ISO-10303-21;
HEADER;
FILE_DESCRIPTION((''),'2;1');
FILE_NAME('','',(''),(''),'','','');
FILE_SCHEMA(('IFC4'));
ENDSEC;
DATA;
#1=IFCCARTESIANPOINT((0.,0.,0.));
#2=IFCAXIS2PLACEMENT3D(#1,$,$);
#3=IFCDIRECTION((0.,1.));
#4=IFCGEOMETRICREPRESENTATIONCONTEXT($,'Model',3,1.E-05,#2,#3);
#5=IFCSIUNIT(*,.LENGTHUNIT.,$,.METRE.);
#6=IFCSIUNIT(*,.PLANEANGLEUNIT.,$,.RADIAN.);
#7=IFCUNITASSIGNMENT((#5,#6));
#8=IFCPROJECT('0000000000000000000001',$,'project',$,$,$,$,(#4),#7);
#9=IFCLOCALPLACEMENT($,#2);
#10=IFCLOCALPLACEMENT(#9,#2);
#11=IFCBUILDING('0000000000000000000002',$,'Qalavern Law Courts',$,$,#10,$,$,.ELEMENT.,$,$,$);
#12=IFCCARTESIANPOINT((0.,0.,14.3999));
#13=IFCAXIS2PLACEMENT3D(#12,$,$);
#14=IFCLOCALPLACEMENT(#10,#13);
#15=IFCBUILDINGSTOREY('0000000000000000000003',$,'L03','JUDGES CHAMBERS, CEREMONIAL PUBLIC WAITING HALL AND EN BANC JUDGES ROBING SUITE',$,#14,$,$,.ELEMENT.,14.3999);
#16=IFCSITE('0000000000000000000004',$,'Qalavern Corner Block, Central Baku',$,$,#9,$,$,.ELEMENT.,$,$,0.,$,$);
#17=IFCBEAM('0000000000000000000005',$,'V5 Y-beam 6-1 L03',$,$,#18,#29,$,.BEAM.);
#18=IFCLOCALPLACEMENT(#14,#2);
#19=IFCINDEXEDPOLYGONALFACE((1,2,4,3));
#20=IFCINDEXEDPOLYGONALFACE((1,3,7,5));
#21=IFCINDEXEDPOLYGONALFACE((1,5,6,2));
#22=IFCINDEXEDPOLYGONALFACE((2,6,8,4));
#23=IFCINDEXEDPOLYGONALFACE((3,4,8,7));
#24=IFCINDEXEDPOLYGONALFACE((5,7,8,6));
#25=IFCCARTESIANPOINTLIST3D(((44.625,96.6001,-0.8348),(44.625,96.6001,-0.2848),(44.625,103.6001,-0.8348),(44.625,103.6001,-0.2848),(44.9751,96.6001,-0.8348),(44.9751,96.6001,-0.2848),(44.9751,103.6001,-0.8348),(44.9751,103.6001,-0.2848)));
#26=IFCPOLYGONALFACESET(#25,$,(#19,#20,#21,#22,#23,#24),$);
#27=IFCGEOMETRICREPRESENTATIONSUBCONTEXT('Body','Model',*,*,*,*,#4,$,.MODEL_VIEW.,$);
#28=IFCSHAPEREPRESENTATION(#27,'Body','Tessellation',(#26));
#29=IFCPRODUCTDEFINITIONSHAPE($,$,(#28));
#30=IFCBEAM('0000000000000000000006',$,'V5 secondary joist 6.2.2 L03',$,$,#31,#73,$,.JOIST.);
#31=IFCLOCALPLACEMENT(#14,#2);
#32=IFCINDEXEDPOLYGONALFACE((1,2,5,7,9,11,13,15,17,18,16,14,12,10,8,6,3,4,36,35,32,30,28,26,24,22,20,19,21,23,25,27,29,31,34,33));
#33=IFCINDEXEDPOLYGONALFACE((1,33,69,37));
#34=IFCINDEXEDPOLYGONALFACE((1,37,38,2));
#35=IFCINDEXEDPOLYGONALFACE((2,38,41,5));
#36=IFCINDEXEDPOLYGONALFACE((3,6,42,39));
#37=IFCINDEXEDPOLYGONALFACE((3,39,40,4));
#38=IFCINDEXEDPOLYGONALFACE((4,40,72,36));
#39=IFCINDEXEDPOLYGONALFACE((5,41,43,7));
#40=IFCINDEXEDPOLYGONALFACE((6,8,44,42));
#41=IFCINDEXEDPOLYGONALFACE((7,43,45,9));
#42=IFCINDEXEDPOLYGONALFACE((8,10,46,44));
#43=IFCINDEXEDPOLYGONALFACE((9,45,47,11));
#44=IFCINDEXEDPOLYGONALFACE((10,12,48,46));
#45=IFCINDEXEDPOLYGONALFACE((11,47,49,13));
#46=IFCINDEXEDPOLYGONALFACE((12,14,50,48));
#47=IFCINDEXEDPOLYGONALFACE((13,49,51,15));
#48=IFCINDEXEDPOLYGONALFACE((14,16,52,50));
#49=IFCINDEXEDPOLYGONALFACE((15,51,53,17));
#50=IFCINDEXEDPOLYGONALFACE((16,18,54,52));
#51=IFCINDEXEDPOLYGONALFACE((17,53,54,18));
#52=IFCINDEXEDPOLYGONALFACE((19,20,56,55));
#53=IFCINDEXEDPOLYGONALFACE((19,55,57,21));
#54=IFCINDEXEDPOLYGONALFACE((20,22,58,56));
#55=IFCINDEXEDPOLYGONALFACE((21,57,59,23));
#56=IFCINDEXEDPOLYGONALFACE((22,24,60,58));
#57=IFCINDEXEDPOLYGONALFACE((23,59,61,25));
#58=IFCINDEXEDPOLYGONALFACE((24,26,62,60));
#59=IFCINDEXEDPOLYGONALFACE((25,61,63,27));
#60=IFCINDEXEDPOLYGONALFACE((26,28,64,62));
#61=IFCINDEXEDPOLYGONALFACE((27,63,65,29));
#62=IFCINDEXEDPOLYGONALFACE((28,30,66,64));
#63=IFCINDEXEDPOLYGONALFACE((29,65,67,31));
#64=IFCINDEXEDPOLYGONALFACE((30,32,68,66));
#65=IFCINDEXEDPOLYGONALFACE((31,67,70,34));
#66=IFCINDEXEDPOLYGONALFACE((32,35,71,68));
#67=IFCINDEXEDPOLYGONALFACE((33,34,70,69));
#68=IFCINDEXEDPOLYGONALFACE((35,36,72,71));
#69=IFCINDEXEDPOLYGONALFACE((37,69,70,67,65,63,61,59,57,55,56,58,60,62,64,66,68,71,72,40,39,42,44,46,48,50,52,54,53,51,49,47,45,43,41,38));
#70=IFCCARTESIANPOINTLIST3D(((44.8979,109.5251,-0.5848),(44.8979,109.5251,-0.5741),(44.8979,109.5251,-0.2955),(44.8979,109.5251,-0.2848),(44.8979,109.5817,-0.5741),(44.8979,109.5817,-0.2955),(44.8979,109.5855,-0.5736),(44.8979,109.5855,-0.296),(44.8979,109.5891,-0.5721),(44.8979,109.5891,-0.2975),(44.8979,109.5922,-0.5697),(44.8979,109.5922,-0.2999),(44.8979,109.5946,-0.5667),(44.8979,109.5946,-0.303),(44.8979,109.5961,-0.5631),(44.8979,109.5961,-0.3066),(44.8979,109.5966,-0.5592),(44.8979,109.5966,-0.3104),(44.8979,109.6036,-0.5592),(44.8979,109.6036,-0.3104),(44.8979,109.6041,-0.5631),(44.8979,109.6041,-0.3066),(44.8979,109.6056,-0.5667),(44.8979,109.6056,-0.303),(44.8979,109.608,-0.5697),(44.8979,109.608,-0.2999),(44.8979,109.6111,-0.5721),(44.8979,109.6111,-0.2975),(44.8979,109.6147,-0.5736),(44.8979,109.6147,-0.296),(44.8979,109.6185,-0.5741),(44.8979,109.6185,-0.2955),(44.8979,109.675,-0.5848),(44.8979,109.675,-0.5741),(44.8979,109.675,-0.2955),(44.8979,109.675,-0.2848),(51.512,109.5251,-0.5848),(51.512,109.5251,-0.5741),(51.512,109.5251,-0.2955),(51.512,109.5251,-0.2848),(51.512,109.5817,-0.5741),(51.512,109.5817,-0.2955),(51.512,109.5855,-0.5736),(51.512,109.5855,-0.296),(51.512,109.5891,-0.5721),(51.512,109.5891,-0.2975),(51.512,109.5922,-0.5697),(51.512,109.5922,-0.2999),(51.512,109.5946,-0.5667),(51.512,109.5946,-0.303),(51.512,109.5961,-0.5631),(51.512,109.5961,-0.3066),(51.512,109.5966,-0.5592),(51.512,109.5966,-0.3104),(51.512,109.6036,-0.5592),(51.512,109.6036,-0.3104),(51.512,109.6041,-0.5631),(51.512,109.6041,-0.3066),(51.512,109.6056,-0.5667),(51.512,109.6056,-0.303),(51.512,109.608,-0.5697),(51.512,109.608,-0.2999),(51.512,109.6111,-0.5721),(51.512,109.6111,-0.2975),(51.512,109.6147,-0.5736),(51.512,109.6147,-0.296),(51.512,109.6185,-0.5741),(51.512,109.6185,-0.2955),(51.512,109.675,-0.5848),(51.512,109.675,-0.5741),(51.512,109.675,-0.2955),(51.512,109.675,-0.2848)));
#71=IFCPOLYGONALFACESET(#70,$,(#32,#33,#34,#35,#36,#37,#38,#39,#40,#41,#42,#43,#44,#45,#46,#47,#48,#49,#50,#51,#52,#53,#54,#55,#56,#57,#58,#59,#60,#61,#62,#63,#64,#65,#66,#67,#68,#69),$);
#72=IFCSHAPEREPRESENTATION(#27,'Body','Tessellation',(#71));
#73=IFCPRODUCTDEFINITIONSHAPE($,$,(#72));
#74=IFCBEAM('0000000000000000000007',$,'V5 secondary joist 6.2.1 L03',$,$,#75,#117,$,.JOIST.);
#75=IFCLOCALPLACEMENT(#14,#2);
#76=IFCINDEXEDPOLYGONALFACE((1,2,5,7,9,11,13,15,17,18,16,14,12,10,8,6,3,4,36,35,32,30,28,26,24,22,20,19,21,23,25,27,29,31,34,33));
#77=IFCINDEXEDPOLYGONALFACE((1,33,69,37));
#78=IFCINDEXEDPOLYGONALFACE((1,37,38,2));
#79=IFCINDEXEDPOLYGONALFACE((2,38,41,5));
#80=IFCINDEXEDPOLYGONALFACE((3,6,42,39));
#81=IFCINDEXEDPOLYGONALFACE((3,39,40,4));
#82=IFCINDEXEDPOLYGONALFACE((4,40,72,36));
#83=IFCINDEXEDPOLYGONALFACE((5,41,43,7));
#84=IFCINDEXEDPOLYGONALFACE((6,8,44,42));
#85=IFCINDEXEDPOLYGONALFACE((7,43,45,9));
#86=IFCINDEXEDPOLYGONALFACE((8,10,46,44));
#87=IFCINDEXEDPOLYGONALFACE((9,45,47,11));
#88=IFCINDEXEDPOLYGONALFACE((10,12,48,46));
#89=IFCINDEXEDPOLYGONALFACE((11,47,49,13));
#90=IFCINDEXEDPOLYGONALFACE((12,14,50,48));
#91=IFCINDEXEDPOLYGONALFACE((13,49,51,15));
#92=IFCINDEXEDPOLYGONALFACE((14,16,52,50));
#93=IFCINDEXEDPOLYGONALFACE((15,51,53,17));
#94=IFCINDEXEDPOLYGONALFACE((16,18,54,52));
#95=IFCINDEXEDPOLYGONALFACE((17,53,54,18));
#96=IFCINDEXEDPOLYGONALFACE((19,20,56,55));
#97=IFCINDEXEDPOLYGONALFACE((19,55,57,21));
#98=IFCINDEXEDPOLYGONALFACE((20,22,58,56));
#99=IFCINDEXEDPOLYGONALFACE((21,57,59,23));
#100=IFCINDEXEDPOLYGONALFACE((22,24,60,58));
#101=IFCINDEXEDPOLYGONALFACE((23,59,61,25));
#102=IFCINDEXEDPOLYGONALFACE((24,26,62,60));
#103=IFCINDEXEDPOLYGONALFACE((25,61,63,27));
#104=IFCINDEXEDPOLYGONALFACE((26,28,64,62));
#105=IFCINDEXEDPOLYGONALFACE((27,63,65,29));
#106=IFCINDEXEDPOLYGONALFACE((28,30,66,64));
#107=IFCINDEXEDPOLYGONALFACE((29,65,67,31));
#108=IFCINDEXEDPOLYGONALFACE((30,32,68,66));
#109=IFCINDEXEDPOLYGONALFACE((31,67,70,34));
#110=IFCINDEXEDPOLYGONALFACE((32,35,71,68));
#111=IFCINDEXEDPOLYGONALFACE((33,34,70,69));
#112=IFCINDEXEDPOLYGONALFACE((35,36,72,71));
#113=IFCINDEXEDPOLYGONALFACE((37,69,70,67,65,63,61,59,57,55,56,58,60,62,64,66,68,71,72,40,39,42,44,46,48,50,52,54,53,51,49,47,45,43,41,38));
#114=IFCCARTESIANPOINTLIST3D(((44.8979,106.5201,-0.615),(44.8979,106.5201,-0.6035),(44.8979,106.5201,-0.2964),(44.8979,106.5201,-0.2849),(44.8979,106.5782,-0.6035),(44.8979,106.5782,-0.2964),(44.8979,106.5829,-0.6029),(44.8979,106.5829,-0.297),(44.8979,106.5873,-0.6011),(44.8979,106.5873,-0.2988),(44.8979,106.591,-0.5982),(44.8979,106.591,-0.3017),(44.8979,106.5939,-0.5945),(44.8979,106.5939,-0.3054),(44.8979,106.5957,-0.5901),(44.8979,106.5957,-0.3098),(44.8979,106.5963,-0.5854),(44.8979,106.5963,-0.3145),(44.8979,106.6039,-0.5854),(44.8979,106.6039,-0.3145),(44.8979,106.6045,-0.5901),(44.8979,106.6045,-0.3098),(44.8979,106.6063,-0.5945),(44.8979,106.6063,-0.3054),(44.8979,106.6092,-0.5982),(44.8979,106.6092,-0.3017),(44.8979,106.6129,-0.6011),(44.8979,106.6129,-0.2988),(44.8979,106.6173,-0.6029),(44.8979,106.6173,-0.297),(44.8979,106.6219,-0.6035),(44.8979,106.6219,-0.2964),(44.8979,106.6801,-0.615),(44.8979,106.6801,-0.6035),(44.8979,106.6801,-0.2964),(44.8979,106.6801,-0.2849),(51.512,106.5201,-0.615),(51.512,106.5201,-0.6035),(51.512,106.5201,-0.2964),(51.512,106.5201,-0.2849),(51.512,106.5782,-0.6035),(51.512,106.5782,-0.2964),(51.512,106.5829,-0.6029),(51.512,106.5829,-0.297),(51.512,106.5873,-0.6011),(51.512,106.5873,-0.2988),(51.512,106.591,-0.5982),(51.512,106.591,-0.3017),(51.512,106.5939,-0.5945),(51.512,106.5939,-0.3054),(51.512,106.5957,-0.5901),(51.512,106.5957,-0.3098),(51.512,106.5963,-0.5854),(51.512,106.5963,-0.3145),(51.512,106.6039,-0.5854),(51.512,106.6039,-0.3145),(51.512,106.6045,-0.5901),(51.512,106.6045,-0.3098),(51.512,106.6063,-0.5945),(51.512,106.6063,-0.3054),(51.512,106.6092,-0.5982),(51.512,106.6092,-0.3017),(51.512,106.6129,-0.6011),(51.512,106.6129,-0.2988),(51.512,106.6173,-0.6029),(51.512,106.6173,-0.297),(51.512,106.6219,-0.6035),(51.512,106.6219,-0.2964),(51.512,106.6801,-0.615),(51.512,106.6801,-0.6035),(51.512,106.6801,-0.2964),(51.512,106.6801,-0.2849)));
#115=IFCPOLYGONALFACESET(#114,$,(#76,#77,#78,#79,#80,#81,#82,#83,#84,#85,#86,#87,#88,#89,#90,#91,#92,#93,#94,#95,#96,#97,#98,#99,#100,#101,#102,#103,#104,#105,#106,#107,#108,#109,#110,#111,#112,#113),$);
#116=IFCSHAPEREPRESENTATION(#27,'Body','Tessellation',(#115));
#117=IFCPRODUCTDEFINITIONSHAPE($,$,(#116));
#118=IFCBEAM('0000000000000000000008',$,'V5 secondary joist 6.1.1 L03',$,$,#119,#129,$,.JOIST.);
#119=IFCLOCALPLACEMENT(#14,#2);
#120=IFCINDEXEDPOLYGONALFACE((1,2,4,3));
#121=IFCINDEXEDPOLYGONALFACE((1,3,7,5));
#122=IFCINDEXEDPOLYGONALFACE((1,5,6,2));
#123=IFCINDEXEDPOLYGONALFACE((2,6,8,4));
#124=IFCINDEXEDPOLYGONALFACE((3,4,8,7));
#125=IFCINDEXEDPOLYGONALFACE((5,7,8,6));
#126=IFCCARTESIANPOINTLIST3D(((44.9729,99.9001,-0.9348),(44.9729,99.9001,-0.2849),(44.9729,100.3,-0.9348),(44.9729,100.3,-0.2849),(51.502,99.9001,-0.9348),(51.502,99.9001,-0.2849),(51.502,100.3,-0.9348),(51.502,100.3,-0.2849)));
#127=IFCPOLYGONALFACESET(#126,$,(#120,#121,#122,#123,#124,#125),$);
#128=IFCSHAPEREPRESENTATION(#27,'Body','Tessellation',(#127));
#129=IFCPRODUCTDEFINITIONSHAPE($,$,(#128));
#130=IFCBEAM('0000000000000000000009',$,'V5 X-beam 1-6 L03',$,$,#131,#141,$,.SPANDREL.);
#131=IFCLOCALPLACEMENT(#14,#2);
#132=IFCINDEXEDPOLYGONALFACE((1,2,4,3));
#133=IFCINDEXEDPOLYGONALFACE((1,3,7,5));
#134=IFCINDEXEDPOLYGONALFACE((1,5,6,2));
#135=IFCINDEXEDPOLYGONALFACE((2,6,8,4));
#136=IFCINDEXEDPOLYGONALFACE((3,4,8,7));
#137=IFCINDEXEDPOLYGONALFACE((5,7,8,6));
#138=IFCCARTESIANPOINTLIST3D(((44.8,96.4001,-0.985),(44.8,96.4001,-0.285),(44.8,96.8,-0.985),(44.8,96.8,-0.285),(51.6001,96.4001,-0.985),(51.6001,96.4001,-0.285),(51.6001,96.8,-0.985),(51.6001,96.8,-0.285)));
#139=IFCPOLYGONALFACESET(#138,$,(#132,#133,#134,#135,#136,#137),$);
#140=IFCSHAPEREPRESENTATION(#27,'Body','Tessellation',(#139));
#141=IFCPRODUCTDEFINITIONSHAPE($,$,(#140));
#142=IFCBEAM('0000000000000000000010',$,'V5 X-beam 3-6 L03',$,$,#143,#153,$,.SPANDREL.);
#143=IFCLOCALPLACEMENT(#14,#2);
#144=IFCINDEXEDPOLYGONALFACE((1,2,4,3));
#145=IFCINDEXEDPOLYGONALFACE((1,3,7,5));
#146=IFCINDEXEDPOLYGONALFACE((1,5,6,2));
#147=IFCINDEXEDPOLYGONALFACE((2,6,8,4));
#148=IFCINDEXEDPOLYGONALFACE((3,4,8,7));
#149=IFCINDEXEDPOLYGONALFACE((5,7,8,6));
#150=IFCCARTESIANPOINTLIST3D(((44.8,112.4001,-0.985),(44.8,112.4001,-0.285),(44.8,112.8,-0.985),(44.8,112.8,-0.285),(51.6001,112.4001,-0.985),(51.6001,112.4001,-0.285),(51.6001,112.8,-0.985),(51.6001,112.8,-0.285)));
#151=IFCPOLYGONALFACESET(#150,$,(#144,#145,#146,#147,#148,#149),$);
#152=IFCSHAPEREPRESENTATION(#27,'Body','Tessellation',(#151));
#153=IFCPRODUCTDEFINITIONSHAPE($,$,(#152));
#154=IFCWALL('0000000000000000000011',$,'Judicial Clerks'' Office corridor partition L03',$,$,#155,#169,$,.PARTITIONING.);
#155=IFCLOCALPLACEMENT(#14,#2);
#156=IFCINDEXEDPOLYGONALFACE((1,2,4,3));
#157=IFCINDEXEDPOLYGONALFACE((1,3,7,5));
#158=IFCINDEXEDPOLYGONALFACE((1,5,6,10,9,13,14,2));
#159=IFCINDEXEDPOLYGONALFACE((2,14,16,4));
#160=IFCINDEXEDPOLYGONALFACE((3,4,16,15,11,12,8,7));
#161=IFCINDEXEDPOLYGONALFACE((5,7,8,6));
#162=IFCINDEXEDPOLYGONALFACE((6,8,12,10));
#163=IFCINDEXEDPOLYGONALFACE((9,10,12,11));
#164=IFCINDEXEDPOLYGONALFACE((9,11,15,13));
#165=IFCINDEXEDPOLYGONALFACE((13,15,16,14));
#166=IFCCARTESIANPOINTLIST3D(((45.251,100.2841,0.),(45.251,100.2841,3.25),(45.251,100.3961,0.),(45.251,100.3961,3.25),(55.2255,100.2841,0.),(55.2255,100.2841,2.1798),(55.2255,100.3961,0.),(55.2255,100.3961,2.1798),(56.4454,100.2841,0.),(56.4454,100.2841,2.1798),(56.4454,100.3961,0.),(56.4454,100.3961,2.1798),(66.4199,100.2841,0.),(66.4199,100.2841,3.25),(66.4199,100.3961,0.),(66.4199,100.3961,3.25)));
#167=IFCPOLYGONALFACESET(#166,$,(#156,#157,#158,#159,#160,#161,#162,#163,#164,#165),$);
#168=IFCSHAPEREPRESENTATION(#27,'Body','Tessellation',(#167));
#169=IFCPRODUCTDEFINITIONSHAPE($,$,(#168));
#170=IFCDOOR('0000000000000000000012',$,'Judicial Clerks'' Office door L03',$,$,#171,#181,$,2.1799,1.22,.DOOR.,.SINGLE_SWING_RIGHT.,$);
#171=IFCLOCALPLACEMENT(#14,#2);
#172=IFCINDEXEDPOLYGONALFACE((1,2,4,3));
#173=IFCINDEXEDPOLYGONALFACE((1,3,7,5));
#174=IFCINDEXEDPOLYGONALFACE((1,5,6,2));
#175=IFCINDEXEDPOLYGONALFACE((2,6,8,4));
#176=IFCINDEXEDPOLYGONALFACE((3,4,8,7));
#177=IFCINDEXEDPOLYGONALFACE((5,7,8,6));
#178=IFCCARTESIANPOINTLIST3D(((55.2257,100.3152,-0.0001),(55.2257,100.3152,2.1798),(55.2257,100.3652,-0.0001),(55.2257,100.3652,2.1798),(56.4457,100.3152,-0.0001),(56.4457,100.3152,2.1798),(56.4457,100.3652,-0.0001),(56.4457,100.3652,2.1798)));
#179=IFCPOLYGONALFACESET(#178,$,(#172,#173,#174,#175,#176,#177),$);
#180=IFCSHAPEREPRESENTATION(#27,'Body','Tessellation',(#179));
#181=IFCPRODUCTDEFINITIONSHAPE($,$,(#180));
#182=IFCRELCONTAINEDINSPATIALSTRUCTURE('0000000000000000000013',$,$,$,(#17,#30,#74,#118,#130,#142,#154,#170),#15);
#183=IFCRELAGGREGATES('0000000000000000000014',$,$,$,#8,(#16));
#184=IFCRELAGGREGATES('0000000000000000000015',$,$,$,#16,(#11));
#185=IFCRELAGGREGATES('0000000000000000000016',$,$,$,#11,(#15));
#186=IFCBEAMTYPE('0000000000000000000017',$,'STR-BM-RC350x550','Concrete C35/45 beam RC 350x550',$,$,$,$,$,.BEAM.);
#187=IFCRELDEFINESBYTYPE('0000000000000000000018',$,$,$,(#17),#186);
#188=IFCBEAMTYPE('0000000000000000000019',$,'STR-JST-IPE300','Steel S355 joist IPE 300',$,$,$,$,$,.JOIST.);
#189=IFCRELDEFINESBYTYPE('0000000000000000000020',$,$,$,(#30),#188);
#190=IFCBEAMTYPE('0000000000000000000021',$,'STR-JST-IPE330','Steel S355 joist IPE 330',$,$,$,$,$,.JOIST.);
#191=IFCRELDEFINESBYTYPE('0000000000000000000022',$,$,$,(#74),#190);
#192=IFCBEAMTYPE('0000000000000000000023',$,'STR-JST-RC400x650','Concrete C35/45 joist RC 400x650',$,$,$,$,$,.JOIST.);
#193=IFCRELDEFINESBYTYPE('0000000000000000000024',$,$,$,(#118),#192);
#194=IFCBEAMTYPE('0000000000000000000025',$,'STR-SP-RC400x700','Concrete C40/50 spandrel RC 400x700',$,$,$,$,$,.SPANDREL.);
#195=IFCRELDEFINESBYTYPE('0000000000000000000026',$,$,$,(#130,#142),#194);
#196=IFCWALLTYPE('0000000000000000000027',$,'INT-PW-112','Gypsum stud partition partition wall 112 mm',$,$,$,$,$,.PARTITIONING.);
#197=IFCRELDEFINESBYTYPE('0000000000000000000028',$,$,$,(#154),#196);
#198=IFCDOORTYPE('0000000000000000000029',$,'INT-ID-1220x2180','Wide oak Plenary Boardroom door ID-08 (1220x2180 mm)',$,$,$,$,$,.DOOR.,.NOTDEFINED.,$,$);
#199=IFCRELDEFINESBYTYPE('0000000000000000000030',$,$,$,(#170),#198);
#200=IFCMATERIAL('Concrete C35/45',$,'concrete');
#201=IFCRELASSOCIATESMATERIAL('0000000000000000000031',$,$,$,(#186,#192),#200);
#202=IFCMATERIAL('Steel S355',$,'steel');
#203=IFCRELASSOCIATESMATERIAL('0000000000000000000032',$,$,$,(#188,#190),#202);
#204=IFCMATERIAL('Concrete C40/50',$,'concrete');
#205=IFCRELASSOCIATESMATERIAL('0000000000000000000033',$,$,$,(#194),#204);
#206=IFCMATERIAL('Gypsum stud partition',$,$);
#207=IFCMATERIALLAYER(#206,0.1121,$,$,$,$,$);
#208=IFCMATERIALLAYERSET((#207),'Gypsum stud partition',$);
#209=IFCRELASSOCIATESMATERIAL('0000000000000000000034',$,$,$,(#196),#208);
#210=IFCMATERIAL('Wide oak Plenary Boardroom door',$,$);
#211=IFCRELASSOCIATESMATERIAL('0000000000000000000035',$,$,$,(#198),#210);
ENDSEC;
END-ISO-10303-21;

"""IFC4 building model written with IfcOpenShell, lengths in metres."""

from ifc_helpers import new_model, si_unit, direction, frame, frame_2d, origin, origin_2d, place, context, subcontext, project, spatial, rectangle, i_section, extrude, material, layer, layer_set, material_profile, profile_set, type_object, element, fill, save


model = new_model("IFC4")

# Units and contexts
model_context = context("Model", 3, precision=1e-05, world=origin(), true_north=direction((0.0, 1.0)))
body_context = subcontext(model_context, "Body", "Model", "MODEL_VIEW")
ifc_project = project(units=[si_unit("LENGTHUNIT", "METRE"), si_unit("PLANEANGLEUNIT", "RADIAN")], contexts=[model_context])

# Site, building, storey
site_placement = place(None, origin())
site = spatial("IfcSite", under=ifc_project, at=site_placement, Name="Qalavern Corner Block, Central Baku", CompositionType="ELEMENT", RefElevation=0.0)
building_placement = place(site_placement, origin())
building = spatial("IfcBuilding", under=site, at=building_placement, Name="Qalavern Law Courts", CompositionType="ELEMENT")
storey_placement = place(building_placement, frame((0.0, 0.0, 14.3999)))
storey = spatial("IfcBuildingStorey", under=building, at=storey_placement, Name="L03", Description="JUDGES CHAMBERS, CEREMONIAL PUBLIC WAITING HALL AND EN BANC JUDGES ROBING SUITE", CompositionType="ELEMENT", Elevation=14.3999)

# Beams
ifc_material_1 = material(Name="Steel S355", Category="steel")
ifc_material_2 = material(Name="Concrete C35/45", Category="concrete")
ifc_material_profile_1 = material_profile(ifc_material_2, rectangle(XDim=0.3501, YDim=0.55, at=origin_2d()), Name="RC 350x550")
ifc_profile_set_1 = profile_set([ifc_material_profile_1], Name="Concrete C35/45")
beam_type_1 = type_object("IfcBeamType", Name="STR-BM-RC350x550", Description="Concrete C35/45 beam RC 350x550", PredefinedType="BEAM", material=ifc_profile_set_1)
beam_1_placement = place(storey_placement, frame((44.8, 96.6001, -0.5598), z_axis=(0.0, 1.0, 0.0), x_axis=(-1.0, 0.0, 0.0)))
element("IfcBeam", 1, at=beam_1_placement, inside=storey, type_object=beam_type_1, Name="V5 Y-beam 6-1 L03", PredefinedType="BEAM", context=body_context, shape_type="SweptSolid", body=[
    extrude(rectangle(XDim=0.3501, YDim=0.55, at=origin_2d()), origin(), (0.0, 0.0, 1.0), 7.0),
])
ifc_material_profile_2 = material_profile(ifc_material_1, i_section(OverallWidth=0.1499, OverallDepth=0.3, WebThickness=0.0071, FlangeThickness=0.0107, FilletRadius=0.0149, at=origin_2d()), Name="IPE 300")
ifc_profile_set_2 = profile_set([ifc_material_profile_2], Name="Steel S355")
beam_type_2 = type_object("IfcBeamType", Name="STR-JST-IPE300", Description="Steel S355 joist IPE 300", PredefinedType="JOIST", material=ifc_profile_set_2)
beam_2_placement = place(storey_placement, frame((44.8979, 109.6001, -0.4348), z_axis=(1.0, 0.0, 0.0), x_axis=(0.0, 1.0, 0.0)))
element("IfcBeam", 2, at=beam_2_placement, inside=storey, type_object=beam_type_2, Name="V5 secondary joist 6.2.2 L03", PredefinedType="JOIST", context=body_context, shape_type="SweptSolid", body=[
    extrude(i_section(OverallWidth=0.1499, OverallDepth=0.3, WebThickness=0.0071, FlangeThickness=0.0107, FilletRadius=0.0149, at=origin_2d()), origin(), (0.0, 0.0, 1.0), 6.614),
])
ifc_material_profile_3 = material_profile(ifc_material_1, i_section(OverallWidth=0.1599, OverallDepth=0.3301, WebThickness=0.0076, FlangeThickness=0.0115, FilletRadius=0.0181, at=origin_2d()), Name="IPE 330")
ifc_profile_set_3 = profile_set([ifc_material_profile_3], Name="Steel S355")
beam_type_3 = type_object("IfcBeamType", Name="STR-JST-IPE330", Description="Steel S355 joist IPE 330", PredefinedType="JOIST", material=ifc_profile_set_3)
beam_3_placement = place(storey_placement, frame((44.8979, 106.6001, -0.45), z_axis=(1.0, 0.0, 0.0), x_axis=(0.0, 1.0, 0.0)))
element("IfcBeam", 3, at=beam_3_placement, inside=storey, type_object=beam_type_3, Name="V5 secondary joist 6.2.1 L03", PredefinedType="JOIST", context=body_context, shape_type="SweptSolid", body=[
    extrude(i_section(OverallWidth=0.1599, OverallDepth=0.3301, WebThickness=0.0076, FlangeThickness=0.0115, FilletRadius=0.0181, at=origin_2d()), origin(), (0.0, 0.0, 1.0), 6.614),
])
ifc_material_profile_4 = material_profile(ifc_material_2, rectangle(XDim=0.3999, YDim=0.6499, at=origin_2d()), Name="RC 400x650")
ifc_profile_set_4 = profile_set([ifc_material_profile_4], Name="Concrete C35/45")
beam_type_4 = type_object("IfcBeamType", Name="STR-JST-RC400x650", Description="Concrete C35/45 joist RC 400x650", PredefinedType="JOIST", material=ifc_profile_set_4)
beam_4_placement = place(storey_placement, frame((44.9729, 100.1001, -0.6099), z_axis=(1.0, 0.0, 0.0), x_axis=(0.0, 1.0, 0.0)))
element("IfcBeam", 4, at=beam_4_placement, inside=storey, type_object=beam_type_4, Name="V5 secondary joist 6.1.1 L03", PredefinedType="JOIST", context=body_context, shape_type="SweptSolid", body=[
    extrude(rectangle(XDim=0.3999, YDim=0.6499, at=origin_2d()), origin(), (0.0, 0.0, 1.0), 6.5291),
])
ifc_material_3 = material(Name="Concrete C40/50", Category="concrete")
ifc_material_profile_5 = material_profile(ifc_material_3, rectangle(XDim=0.3999, YDim=0.7, at=origin_2d()), Name="RC 400x700")
ifc_profile_set_5 = profile_set([ifc_material_profile_5], Name="Concrete C40/50")
beam_type_5 = type_object("IfcBeamType", Name="STR-SP-RC400x700", Description="Concrete C40/50 spandrel RC 400x700", PredefinedType="SPANDREL", material=ifc_profile_set_5)
for number, where, z_axis, x_axis, name in (
    (5, (44.8, 96.6001, -0.635), (1.0, 0.0, 0.0), (0.0, 1.0, 0.0), "V5 X-beam 1-6 L03"),
    (6, (44.8, 112.6001, -0.635), (1.0, 0.0, 0.0), (0.0, 1.0, 0.0), "V5 X-beam 3-6 L03"),
):
    element("IfcBeam", number, at=place(storey_placement, frame(where, z_axis=z_axis, x_axis=x_axis)), inside=storey, type_object=beam_type_5, Name=name, PredefinedType="SPANDREL", context=body_context, shape_type="SweptSolid", body=[
        extrude(rectangle(XDim=0.3999, YDim=0.7, at=origin_2d()), origin(), (0.0, 0.0, 1.0), 6.8),
    ])

# Wall, opening, door
ifc_material_4 = material(Name="Gypsum stud partition")
ifc_layer_1 = layer(ifc_material_4, 0.1121)
ifc_layer_set_1 = layer_set([ifc_layer_1], Name="Gypsum stud partition")
wall_type_1 = type_object("IfcWallType", Name="INT-PW-112", Description="Gypsum stud partition partition wall 112 mm", PredefinedType="PARTITIONING", material=ifc_layer_set_1)
wall_1_placement = place(storey_placement, frame((45.251, 100.3401, 0.0), z_axis=(0.0, 0.0, 1.0), x_axis=(1.0, 0.0, 0.0)))
wall_1 = element("IfcWall", 7, at=wall_1_placement, inside=storey, type_object=wall_type_1, Name="Judicial Clerks' Office corridor partition L03", PredefinedType="PARTITIONING", context=body_context, shape_type="SweptSolid", body=[
    extrude(rectangle(XDim=21.1689, YDim=0.1121, at=frame_2d((10.5845, 0.0))), origin(), (0.0, 0.0, 1.0), 3.25),
])
opening_1_placement = place(wall_1_placement, frame((9.9746, 0.0, 0.0)))
opening_1 = element("IfcOpeningElement", 8, at=opening_1_placement, cuts=wall_1, PredefinedType="OPENING", context=body_context, shape_type="SweptSolid", body=[
    extrude(rectangle(XDim=1.22, YDim=2.1799, at=frame_2d((0.6099, 1.0898))), frame((0.0, 0.0708, 0.0), z_axis=(0.0, -1.0, 0.0), x_axis=(1.0, 0.0, 0.0)), (0.0, 0.0, 1.0), 0.1418),
])
ifc_material_5 = material(Name="Wide oak Plenary Boardroom door")
door_type_1 = type_object("IfcDoorType", Name="INT-ID-1220x2180", Description="Wide oak Plenary Boardroom door ID-08 (1220x2180 mm)", OperationType="NOTDEFINED", PredefinedType="DOOR", material=ifc_material_5)
door_1_placement = place(opening_1_placement, frame((1.22, 0.0, 0.0), z_axis=(0.0, 0.0, 1.0), x_axis=(-1.0, 0.0, 0.0)))
door_1 = element("IfcDoor", 9, at=door_1_placement, inside=storey, type_object=door_type_1, Name="Judicial Clerks' Office door L03", OperationType="SINGLE_SWING_RIGHT", OverallHeight=2.1799, OverallWidth=1.22, PredefinedType="DOOR", context=body_context, shape_type="SweptSolid", body=[
    extrude(rectangle(XDim=1.22, YDim=2.1799, at=frame_2d((0.6099, 1.0898))), frame((0.0, 0.0249, 0.0), z_axis=(0.0, -1.0, 0.0), x_axis=(1.0, 0.0, 0.0)), (0.0, 0.0, 1.0), 0.05),
])
fill(opening_1, door_1)

save(model, "model.ifc")
